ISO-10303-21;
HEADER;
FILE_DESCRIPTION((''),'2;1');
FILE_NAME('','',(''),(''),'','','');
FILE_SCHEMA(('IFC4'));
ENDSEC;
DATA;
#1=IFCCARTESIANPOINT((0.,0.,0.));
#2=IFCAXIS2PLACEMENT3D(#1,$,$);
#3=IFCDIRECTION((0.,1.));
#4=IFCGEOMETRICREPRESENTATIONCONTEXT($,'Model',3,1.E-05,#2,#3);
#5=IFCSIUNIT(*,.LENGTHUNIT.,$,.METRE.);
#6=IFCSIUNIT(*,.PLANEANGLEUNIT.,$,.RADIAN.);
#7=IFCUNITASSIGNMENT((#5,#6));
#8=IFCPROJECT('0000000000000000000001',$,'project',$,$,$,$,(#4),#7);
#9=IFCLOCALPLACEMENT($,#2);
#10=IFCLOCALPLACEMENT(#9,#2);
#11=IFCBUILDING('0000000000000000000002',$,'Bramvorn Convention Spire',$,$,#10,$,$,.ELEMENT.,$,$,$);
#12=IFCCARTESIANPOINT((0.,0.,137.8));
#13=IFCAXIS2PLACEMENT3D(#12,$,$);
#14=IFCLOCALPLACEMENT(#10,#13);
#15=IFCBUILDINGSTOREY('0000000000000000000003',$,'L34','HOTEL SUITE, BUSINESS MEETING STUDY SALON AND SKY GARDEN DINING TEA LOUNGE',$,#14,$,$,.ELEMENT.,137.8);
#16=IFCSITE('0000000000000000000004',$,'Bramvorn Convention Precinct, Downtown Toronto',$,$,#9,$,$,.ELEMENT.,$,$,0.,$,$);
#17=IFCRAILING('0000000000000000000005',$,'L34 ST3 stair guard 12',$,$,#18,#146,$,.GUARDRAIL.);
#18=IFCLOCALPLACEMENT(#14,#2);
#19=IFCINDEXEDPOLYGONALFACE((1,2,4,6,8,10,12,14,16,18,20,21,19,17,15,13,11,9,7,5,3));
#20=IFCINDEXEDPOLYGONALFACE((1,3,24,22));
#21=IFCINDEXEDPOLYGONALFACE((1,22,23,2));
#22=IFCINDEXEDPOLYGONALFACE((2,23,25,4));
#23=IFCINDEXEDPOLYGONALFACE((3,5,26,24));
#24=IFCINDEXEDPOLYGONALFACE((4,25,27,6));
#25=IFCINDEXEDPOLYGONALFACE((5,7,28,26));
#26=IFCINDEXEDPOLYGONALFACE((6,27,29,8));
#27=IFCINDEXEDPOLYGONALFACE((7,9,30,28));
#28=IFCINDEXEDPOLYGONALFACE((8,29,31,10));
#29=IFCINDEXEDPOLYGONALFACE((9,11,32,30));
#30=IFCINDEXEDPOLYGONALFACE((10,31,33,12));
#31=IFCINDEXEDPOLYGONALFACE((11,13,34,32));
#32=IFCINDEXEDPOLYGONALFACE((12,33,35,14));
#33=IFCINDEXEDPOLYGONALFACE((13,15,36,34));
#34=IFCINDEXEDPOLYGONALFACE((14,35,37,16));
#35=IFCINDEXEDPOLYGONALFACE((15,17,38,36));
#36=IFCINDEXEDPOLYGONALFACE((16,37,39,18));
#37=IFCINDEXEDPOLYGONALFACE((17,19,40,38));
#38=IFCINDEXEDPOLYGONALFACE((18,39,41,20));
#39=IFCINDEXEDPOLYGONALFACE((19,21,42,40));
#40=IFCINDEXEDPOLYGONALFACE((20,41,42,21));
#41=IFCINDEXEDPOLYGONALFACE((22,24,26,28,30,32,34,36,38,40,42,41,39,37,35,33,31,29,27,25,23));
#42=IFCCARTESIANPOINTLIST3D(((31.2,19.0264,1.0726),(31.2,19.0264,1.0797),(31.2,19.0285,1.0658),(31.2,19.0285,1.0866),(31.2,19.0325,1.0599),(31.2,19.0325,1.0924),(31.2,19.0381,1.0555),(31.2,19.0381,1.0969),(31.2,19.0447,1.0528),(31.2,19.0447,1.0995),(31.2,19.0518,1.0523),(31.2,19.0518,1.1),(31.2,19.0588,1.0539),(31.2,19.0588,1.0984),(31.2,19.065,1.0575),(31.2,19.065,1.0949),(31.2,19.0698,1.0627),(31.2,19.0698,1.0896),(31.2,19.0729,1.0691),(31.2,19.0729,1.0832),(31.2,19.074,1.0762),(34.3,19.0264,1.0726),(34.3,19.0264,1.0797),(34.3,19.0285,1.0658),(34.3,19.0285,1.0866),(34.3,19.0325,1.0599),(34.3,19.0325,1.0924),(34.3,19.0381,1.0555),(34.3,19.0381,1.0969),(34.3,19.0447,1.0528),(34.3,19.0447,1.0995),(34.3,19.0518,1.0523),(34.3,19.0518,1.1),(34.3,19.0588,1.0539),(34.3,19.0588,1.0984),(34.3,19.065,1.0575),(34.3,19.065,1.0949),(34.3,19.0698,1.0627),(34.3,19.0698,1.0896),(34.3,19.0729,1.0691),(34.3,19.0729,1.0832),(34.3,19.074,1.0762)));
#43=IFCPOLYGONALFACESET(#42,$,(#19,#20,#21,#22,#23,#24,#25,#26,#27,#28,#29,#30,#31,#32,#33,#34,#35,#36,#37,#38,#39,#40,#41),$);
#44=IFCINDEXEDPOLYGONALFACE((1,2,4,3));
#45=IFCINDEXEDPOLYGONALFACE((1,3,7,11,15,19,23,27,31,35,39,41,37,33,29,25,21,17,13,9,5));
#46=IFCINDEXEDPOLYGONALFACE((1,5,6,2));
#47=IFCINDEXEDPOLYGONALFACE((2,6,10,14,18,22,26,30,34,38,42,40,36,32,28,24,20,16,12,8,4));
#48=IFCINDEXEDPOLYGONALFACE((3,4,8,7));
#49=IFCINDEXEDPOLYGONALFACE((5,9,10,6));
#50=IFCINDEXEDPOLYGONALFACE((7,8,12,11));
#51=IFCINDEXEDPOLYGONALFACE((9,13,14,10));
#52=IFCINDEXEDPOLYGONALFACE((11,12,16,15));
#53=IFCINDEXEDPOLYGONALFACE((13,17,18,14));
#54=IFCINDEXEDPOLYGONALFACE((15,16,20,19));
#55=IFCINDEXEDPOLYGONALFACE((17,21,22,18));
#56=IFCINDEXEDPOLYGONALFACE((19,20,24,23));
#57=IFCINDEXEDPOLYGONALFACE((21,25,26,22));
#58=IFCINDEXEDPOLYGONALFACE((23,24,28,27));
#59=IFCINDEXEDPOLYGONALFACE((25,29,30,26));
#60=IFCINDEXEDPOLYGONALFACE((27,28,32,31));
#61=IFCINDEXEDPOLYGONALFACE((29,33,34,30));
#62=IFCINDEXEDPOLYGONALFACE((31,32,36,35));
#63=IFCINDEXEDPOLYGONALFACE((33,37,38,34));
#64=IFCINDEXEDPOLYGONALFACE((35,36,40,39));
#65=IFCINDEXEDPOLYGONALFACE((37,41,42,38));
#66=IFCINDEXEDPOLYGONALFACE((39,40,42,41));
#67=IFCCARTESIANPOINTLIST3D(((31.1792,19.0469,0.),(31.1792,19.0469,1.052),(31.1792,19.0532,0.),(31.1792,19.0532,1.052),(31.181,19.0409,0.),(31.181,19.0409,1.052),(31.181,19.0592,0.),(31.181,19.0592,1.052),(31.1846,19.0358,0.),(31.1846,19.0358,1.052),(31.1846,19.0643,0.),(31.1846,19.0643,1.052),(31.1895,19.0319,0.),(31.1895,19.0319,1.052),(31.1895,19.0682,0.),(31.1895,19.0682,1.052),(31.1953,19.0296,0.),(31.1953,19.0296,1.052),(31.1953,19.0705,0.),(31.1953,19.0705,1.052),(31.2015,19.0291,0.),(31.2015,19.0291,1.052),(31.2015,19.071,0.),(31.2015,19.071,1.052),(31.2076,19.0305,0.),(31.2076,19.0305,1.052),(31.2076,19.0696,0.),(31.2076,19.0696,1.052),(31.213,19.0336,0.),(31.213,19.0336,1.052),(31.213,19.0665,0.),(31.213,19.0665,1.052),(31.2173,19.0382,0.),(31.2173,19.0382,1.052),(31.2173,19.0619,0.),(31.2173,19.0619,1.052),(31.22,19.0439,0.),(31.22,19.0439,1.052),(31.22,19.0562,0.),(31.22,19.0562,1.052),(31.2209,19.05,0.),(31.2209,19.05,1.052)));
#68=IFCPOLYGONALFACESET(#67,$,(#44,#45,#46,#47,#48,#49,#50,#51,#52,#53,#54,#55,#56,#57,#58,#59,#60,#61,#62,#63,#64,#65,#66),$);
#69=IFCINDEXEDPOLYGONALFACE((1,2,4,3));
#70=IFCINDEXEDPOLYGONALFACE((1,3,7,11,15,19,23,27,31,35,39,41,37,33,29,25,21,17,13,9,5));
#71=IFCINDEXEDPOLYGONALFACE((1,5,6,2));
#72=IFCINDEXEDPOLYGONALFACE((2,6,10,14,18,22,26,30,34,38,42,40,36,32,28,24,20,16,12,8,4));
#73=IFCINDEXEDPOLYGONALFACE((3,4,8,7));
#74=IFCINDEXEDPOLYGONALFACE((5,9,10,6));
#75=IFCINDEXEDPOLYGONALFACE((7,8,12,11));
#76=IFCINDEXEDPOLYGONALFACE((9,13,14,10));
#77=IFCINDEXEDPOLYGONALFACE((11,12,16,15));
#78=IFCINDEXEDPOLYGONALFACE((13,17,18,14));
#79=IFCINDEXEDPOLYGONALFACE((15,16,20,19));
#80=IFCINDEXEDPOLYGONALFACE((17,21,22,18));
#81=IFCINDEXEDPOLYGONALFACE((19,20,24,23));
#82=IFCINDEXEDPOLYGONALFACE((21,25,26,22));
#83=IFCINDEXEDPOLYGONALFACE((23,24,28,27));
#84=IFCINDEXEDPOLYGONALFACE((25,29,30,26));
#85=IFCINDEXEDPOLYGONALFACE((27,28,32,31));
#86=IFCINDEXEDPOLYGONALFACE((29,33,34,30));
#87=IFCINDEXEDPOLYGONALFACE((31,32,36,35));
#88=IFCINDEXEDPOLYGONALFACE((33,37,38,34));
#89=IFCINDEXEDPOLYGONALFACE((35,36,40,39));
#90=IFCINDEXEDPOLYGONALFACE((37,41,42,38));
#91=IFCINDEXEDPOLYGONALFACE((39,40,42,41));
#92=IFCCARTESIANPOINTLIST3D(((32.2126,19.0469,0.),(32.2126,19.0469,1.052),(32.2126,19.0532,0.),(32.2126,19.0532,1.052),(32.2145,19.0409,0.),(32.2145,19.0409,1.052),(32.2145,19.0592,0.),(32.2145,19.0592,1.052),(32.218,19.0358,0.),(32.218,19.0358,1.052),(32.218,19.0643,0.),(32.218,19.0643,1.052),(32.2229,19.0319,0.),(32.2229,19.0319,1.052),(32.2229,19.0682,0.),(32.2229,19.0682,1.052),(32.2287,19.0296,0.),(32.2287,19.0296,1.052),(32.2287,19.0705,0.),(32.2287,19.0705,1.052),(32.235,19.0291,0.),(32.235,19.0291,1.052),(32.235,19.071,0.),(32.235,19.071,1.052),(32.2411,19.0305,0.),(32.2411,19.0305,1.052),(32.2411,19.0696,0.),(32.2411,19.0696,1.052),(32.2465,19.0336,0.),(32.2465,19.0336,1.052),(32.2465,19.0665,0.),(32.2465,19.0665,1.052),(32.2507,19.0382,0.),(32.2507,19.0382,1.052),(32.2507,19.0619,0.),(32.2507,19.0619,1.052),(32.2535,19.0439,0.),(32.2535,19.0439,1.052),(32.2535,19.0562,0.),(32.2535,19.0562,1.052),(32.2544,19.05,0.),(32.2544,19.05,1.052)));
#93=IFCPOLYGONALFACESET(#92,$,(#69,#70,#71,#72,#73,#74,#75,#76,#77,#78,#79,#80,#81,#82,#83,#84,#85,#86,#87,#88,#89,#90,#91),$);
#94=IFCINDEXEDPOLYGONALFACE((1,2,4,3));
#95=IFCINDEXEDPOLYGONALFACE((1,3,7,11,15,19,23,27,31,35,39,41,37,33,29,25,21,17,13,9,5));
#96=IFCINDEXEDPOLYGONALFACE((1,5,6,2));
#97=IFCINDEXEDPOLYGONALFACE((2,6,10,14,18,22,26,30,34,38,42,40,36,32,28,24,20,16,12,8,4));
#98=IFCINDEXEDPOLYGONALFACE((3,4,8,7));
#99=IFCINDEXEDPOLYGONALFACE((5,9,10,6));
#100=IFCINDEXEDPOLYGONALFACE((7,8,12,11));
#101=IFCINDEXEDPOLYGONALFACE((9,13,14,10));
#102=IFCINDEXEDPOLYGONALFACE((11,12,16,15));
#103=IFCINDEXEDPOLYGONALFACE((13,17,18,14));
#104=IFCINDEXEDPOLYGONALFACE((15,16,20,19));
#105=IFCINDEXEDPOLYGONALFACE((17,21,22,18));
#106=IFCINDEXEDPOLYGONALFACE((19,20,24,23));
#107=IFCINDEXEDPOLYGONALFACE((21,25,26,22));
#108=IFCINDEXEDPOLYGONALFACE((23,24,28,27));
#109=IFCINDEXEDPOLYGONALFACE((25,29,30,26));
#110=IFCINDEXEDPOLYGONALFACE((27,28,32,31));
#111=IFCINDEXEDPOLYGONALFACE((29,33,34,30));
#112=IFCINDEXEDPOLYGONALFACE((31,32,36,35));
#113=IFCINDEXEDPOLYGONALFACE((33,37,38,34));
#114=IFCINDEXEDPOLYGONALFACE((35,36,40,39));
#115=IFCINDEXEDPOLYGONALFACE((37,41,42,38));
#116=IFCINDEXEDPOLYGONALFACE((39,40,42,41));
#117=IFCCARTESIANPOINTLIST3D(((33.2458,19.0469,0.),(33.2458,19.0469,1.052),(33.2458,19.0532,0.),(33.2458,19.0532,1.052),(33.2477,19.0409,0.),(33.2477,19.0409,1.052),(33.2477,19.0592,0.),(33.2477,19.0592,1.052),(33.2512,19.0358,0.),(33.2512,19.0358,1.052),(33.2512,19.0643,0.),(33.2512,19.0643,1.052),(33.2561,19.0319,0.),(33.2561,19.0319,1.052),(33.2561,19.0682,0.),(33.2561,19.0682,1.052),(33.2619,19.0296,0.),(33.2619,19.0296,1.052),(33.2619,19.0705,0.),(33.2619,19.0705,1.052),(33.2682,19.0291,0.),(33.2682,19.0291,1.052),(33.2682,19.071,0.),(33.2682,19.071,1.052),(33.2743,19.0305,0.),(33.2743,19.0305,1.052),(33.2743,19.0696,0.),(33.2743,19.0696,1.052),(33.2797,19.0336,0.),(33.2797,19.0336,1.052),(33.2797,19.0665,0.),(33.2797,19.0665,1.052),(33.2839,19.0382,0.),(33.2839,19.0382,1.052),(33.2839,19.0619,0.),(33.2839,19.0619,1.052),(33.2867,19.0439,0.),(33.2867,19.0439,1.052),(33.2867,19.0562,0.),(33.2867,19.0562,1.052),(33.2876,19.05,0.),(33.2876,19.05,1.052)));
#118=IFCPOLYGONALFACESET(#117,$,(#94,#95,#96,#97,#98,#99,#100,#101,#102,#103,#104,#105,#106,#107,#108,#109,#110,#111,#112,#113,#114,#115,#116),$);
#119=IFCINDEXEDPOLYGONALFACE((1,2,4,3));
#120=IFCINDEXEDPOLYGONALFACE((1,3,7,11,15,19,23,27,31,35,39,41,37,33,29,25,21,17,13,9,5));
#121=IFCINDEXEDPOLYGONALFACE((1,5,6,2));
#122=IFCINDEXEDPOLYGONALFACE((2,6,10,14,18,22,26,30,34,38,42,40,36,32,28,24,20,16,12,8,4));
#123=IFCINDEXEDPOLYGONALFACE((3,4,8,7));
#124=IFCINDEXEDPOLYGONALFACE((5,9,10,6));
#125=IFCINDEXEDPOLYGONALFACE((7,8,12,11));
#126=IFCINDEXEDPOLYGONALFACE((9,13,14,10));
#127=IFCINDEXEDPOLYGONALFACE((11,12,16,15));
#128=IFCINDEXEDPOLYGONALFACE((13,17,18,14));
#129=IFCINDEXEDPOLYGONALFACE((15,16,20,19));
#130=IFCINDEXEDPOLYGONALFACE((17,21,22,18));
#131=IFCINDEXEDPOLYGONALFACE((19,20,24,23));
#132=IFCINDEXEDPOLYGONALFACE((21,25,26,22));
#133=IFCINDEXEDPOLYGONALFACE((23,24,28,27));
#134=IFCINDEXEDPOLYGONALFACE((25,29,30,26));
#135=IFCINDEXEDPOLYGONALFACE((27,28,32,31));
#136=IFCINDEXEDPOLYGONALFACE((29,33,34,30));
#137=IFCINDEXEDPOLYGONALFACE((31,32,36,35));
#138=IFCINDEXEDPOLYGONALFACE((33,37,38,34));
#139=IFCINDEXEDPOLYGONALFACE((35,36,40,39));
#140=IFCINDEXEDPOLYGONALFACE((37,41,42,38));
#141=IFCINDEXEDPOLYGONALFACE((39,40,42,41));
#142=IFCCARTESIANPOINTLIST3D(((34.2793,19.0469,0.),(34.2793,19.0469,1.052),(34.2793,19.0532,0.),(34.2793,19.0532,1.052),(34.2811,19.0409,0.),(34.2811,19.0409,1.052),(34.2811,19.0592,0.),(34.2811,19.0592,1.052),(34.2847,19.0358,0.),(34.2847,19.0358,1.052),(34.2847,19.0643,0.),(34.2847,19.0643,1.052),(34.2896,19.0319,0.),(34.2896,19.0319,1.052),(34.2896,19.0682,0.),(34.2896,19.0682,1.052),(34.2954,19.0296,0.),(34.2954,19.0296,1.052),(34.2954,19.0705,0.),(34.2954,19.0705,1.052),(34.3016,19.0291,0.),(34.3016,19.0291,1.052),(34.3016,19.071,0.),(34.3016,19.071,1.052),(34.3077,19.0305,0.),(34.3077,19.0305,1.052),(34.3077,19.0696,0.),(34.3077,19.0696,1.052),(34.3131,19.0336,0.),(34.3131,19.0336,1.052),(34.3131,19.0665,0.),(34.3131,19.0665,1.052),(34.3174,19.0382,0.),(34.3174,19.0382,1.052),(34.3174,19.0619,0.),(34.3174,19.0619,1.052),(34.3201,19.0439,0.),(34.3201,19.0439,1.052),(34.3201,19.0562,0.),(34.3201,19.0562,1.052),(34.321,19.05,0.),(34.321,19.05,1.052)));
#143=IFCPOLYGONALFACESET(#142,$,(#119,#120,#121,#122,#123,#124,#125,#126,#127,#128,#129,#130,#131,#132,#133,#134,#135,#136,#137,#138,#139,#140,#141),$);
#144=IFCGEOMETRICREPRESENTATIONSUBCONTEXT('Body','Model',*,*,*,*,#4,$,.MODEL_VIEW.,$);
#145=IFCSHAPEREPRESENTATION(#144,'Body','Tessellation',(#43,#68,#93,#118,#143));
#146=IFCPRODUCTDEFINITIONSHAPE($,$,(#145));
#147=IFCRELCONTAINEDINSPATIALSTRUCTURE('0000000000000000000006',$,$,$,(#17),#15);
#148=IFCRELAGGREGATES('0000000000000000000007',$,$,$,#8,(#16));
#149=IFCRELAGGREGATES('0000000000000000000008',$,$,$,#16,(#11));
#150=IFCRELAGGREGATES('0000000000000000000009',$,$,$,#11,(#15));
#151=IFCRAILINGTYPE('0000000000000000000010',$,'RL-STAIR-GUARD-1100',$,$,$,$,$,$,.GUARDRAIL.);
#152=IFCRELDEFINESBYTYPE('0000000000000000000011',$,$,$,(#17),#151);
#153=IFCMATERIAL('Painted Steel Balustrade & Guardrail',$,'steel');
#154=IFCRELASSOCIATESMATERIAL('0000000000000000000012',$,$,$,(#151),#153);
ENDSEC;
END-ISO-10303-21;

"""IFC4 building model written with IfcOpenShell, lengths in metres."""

from ifc_helpers import new_model, si_unit, direction, frame, origin, origin_2d, place, context, subcontext, project, spatial, circle, extrude, material, type_object, element, save


model = new_model("IFC4")

# Units and contexts
model_context = context("Model", 3, precision=1e-05, world=origin(), true_north=direction((0.0, 1.0)))
body_context = subcontext(model_context, "Body", "Model", "MODEL_VIEW")
ifc_project = project(units=[si_unit("LENGTHUNIT", "METRE"), si_unit("PLANEANGLEUNIT", "RADIAN")], contexts=[model_context])

# Site, building, storey
site_placement = place(None, origin())
site = spatial("IfcSite", under=ifc_project, at=site_placement, Name="Bramvorn Convention Precinct, Downtown Toronto", CompositionType="ELEMENT", RefElevation=0.0)
building_placement = place(site_placement, origin())
building = spatial("IfcBuilding", under=site, at=building_placement, Name="Bramvorn Convention Spire", CompositionType="ELEMENT")
storey_placement = place(building_placement, frame((0.0, 0.0, 137.8)))
storey = spatial("IfcBuildingStorey", under=building, at=storey_placement, Name="L34", Description="HOTEL SUITE, BUSINESS MEETING STUDY SALON AND SKY GARDEN DINING TEA LOUNGE", CompositionType="ELEMENT", Elevation=137.8)

# Railing
ifc_material_1 = material(Name="Painted Steel Balustrade & Guardrail", Category="steel")
railing_type = type_object("IfcRailingType", Name="RL-STAIR-GUARD-1100", PredefinedType="GUARDRAIL", material=ifc_material_1)
railing_1_placement = place(storey_placement, frame((31.2, 19.05, 0.0)))
element("IfcRailing", 1, at=railing_1_placement, inside=storey, type_object=railing_type, Name="L34 ST3 stair guard 12", PredefinedType="GUARDRAIL", context=body_context, shape_type="SweptSolid", body=[
    extrude(circle(Radius=0.0239, at=origin_2d()), frame((0.0, 0.0, 1.0762), z_axis=(1.0, 0.0, 0.0), x_axis=(0.0, 1.0, 0.0)), (0.0, 0.0, 1.0), 3.1001),
    extrude(circle(Radius=0.021, at=origin_2d()), origin(), (0.0, 0.0, 1.0), 1.052),
    extrude(circle(Radius=0.021, at=origin_2d()), frame((1.0334, 0.0, 0.0)), (0.0, 0.0, 1.0), 1.052),
    extrude(circle(Radius=0.021, at=origin_2d()), frame((2.0667, 0.0, 0.0)), (0.0, 0.0, 1.0), 1.052),
    extrude(circle(Radius=0.021, at=origin_2d()), frame((3.1001, 0.0, 0.0)), (0.0, 0.0, 1.0), 1.052),
])

save(model, "model.ifc")
